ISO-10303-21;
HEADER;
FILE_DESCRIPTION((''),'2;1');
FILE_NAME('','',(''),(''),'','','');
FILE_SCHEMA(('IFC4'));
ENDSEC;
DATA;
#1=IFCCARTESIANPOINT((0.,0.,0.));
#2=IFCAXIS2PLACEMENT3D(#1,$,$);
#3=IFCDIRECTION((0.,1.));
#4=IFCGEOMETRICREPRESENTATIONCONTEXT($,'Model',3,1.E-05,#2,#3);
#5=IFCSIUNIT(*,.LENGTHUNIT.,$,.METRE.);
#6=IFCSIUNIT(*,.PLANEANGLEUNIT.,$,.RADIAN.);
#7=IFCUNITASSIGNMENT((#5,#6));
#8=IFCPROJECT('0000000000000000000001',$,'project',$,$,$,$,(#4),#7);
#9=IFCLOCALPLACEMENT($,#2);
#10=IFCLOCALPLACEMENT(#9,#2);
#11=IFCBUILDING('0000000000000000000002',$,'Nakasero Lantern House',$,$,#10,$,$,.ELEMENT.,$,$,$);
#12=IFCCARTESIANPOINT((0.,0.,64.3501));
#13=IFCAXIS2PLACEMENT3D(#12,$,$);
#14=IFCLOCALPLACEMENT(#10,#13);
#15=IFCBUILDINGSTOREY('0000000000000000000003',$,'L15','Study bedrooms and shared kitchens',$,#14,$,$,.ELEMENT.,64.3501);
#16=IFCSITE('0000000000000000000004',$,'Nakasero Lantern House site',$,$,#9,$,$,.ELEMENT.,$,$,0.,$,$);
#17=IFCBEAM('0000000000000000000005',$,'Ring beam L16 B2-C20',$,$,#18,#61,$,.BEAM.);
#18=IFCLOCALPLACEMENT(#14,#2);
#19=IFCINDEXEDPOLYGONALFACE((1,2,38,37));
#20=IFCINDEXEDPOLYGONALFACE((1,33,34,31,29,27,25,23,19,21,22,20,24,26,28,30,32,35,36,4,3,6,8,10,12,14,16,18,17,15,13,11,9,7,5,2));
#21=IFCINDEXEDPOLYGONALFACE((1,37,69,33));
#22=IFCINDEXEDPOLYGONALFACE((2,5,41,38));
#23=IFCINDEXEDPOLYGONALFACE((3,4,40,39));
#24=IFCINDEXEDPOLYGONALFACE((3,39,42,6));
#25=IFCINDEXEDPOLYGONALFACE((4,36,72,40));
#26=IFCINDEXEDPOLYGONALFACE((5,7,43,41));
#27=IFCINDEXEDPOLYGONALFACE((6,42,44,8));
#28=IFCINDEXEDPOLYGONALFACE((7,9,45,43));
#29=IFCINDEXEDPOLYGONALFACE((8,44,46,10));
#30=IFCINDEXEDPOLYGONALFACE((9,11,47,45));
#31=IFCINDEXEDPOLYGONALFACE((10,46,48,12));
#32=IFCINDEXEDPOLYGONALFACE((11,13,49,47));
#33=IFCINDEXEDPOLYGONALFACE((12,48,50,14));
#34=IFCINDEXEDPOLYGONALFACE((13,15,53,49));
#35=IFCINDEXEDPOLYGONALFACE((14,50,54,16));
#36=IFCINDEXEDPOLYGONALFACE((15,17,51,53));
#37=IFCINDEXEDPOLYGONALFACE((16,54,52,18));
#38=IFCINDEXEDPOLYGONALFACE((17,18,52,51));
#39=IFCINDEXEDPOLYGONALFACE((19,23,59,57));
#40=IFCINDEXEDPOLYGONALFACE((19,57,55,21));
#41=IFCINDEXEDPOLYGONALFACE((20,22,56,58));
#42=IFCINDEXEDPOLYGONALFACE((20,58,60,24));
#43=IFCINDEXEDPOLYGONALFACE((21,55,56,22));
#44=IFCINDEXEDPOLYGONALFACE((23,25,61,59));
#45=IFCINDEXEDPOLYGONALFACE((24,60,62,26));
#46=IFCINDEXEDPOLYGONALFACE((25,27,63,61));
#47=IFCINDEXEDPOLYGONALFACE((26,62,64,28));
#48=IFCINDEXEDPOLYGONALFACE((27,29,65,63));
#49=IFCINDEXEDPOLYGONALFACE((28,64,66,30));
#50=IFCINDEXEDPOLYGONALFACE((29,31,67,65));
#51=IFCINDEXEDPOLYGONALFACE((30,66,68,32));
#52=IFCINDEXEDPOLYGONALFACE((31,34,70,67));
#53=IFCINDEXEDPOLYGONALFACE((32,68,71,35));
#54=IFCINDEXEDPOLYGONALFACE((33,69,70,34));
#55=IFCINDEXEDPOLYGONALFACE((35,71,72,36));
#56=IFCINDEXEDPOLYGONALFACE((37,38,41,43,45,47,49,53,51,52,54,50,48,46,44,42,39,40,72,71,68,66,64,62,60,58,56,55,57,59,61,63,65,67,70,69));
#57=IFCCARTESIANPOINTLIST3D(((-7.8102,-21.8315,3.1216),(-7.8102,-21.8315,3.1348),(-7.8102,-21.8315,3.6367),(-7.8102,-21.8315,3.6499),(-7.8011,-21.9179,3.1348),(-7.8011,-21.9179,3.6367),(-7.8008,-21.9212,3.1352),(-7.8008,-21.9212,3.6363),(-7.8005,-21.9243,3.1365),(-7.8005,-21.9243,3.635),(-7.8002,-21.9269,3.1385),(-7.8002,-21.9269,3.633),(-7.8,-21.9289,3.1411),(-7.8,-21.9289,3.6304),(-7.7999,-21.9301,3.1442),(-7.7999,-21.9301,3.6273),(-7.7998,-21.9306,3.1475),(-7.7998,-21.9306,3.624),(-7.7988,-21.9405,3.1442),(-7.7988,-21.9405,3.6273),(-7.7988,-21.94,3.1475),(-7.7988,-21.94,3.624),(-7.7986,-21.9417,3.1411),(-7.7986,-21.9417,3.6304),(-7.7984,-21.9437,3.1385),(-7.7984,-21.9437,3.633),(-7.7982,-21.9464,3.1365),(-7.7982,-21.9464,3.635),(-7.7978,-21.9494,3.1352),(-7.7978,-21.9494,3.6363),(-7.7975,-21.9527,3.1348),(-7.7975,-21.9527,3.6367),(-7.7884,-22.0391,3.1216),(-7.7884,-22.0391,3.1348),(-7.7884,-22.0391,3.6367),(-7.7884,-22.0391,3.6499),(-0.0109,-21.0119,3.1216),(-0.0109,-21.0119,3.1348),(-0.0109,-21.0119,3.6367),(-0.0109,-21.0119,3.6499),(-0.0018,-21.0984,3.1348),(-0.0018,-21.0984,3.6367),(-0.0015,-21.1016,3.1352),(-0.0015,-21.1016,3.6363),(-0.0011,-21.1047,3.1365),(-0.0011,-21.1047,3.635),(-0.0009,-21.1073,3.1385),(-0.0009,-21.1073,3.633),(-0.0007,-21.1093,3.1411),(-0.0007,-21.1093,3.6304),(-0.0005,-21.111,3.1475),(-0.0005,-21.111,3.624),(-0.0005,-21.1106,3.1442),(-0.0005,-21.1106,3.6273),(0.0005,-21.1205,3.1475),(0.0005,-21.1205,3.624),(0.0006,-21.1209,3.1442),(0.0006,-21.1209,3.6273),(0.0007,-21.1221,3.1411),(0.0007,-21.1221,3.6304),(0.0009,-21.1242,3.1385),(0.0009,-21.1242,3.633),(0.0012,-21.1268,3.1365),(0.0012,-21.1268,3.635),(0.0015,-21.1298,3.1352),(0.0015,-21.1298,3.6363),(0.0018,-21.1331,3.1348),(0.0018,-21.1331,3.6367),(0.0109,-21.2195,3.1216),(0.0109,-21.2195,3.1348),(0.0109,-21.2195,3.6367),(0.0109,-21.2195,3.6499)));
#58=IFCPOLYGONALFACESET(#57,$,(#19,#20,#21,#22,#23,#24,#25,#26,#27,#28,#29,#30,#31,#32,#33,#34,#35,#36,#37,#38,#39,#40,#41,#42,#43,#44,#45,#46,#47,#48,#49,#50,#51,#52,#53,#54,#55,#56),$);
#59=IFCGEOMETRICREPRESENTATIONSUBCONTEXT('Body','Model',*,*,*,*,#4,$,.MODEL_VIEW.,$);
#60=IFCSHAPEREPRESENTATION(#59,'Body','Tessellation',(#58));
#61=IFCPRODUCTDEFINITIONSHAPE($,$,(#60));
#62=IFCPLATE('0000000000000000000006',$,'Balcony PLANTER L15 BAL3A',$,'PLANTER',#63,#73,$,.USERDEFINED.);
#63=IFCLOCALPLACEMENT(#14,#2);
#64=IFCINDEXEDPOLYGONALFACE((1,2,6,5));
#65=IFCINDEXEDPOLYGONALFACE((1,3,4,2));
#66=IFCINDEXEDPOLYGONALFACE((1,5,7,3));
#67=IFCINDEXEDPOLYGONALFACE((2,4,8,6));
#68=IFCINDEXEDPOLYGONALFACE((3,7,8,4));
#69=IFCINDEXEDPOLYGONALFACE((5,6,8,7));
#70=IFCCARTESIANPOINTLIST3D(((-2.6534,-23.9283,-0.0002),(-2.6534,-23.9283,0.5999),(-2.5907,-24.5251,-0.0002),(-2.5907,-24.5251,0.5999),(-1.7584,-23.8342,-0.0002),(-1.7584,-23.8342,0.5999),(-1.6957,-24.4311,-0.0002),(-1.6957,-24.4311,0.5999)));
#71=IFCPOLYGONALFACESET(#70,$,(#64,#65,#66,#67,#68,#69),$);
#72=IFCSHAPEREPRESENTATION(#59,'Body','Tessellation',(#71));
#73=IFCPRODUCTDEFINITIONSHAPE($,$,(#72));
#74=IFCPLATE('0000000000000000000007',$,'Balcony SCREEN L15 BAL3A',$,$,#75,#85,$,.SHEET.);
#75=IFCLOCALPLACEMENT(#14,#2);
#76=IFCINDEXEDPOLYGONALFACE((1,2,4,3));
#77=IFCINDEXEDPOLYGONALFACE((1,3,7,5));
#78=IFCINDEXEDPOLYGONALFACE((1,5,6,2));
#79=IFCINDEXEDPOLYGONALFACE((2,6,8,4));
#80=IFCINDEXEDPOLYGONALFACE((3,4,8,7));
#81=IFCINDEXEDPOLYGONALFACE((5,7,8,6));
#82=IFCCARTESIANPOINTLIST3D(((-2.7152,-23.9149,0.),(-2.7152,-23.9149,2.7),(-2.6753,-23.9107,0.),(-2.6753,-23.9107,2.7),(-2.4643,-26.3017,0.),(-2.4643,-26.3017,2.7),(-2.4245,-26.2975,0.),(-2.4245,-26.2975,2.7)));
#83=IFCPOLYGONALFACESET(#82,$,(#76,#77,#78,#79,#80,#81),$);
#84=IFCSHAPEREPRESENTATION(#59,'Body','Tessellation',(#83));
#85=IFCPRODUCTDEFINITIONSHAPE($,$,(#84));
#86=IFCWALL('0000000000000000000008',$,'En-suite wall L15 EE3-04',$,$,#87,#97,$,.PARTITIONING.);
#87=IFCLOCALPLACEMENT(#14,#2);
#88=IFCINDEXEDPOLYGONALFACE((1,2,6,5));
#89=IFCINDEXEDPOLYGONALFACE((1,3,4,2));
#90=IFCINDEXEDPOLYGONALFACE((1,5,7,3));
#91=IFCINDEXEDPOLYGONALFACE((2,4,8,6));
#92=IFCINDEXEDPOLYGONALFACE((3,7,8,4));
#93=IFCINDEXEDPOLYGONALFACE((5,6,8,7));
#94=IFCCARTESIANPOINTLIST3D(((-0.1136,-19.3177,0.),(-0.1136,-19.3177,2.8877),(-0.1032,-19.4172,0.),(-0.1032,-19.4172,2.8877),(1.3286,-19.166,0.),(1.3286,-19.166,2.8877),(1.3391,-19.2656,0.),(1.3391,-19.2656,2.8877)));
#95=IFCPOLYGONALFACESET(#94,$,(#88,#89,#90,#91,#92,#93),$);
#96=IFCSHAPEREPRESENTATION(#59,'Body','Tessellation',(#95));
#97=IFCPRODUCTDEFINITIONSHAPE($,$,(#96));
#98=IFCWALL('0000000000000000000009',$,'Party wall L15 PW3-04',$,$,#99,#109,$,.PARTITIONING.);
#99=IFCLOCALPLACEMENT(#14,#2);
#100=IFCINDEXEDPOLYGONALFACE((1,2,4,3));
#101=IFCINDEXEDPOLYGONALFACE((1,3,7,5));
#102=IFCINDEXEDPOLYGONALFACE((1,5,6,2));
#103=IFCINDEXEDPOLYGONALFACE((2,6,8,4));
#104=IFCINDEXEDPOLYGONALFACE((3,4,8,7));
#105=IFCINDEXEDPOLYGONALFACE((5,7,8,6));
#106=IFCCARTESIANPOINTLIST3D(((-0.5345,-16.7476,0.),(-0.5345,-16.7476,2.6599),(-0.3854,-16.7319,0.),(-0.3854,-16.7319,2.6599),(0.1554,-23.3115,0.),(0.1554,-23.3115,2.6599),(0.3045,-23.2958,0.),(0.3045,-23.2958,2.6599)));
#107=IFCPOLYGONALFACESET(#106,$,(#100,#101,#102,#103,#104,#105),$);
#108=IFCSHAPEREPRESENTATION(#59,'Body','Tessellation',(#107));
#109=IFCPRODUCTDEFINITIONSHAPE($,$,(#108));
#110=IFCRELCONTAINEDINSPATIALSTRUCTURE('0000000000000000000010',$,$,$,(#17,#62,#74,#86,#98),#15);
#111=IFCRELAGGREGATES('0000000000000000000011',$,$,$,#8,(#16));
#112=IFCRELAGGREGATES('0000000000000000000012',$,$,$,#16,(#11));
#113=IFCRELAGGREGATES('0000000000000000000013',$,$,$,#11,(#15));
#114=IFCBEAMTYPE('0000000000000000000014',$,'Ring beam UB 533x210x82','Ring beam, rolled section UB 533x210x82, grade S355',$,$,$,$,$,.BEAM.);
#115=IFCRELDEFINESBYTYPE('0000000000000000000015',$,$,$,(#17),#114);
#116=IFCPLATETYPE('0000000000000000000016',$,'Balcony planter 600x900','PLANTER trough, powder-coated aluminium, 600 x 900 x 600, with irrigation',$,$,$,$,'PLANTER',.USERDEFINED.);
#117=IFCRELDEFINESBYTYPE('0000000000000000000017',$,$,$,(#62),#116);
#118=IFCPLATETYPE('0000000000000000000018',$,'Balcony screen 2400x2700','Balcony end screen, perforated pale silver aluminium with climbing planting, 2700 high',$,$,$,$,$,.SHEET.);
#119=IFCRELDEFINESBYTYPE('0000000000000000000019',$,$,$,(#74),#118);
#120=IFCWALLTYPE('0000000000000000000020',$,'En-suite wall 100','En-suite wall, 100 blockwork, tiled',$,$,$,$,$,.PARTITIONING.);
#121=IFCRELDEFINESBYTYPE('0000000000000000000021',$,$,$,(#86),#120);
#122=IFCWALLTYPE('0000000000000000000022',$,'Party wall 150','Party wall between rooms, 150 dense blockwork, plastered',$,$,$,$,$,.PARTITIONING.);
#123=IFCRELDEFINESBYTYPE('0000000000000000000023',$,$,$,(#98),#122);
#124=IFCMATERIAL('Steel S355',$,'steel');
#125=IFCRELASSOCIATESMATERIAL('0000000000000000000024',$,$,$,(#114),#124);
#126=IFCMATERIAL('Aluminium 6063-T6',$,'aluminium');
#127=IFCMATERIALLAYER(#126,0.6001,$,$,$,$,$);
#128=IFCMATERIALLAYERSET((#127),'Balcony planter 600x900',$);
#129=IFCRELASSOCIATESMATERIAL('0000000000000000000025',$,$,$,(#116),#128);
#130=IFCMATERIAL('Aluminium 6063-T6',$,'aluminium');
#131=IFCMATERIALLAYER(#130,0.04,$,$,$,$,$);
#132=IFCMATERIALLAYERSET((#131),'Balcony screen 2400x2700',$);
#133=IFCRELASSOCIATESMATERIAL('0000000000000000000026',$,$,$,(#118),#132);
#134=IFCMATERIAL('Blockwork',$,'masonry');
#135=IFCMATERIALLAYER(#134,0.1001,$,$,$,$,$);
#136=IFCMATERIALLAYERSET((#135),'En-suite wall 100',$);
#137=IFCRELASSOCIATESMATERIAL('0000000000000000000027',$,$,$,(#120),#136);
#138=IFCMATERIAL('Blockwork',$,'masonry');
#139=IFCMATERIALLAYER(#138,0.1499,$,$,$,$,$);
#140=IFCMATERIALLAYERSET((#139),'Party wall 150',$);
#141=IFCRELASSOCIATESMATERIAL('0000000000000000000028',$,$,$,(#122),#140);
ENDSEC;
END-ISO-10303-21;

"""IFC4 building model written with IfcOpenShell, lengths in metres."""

from ifc_helpers import new_model, si_unit, direction, frame, frame_2d, origin, origin_2d, place, context, subcontext, project, spatial, rectangle, i_section, extrude, material, layer, layer_set, material_profile, profile_set, type_object, element, save


model = new_model("IFC4")

# Units and contexts
model_context = context("Model", 3, precision=1e-05, world=origin(), true_north=direction((0.0, 1.0)))
body_context = subcontext(model_context, "Body", "Model", "MODEL_VIEW")
ifc_project = project(units=[si_unit("LENGTHUNIT", "METRE"), si_unit("PLANEANGLEUNIT", "RADIAN")], contexts=[model_context])

# Site, building, storey
site_placement = place(None, origin())
site = spatial("IfcSite", under=ifc_project, at=site_placement, Name="Nakasero Lantern House site", CompositionType="ELEMENT", RefElevation=0.0)
building_placement = place(site_placement, origin())
building = spatial("IfcBuilding", under=site, at=building_placement, Name="Nakasero Lantern House", CompositionType="ELEMENT")
storey_placement = place(building_placement, frame((0.0, 0.0, 64.3501)))
storey = spatial("IfcBuildingStorey", under=building, at=storey_placement, Name="L15", Description="Study bedrooms and shared kitchens", CompositionType="ELEMENT", Elevation=64.3501)

# Beam
ifc_material_1 = material(Name="Steel S355", Category="steel")
ifc_material_profile_1 = material_profile(ifc_material_1, i_section(OverallWidth=0.2087, OverallDepth=0.5283, WebThickness=0.0095, FlangeThickness=0.0132, FilletRadius=0.0127, at=origin_2d()), Name="UB 533x210x82")
ifc_profile_set_1 = profile_set([ifc_material_profile_1], Name="Steel S355")
beam_type_1 = type_object("IfcBeamType", Name="Ring beam UB 533x210x82", Description="Ring beam, rolled section UB 533x210x82, grade S355", PredefinedType="BEAM", material=ifc_profile_set_1)
beam_1_placement = place(storey_placement, frame((-7.7993, -21.9353, 3.3857), z_axis=(0.994524, 0.104508, 0.0), x_axis=(-0.104508, 0.994524, 0.0)))
element("IfcBeam", 1, at=beam_1_placement, inside=storey, type_object=beam_type_1, Name="Ring beam L16 B2-C20", PredefinedType="BEAM", context=body_context, shape_type="SweptSolid", body=[
    extrude(i_section(OverallWidth=0.2087, OverallDepth=0.5283, WebThickness=0.0095, FlangeThickness=0.0132, FilletRadius=0.0127, at=origin_2d()), origin(), (0.0, 0.0, 1.0), 7.8423),
])

# Plates
ifc_material_2 = material(Name="Aluminium 6063-T6", Category="aluminium")
ifc_layer_1 = layer(ifc_material_2, 0.6001)
ifc_layer_set_1 = layer_set([ifc_layer_1], Name="Balcony planter 600x900")
plate_type_1 = type_object("IfcPlateType", Name="Balcony planter 600x900", Description="PLANTER trough, powder-coated aluminium, 600 x 900 x 600, with irrigation", ElementType="PLANTER", PredefinedType="USERDEFINED", material=ifc_layer_set_1)
plate_1_placement = place(storey_placement, frame((-2.1746, -24.1797, -0.0002), z_axis=(0.0, 0.0, 1.0), x_axis=(0.104528, -0.994522, 0.0)))
element("IfcPlate", 2, at=plate_1_placement, inside=storey, type_object=plate_type_1, Name="Balcony PLANTER L15 BAL3A", ObjectType="PLANTER", PredefinedType="USERDEFINED", context=body_context, shape_type="SweptSolid", body=[
    extrude(rectangle(XDim=0.6001, YDim=0.8999, at=origin_2d()), origin(), (0.0, 0.0, 1.0), 0.6001),
])
ifc_material_3 = material(Name="Aluminium 6063-T6", Category="aluminium")
ifc_layer_2 = layer(ifc_material_3, 0.04)
ifc_layer_set_2 = layer_set([ifc_layer_2], Name="Balcony screen 2400x2700")
plate_type_2 = type_object("IfcPlateType", Name="Balcony screen 2400x2700", Description="Balcony end screen, perforated pale silver aluminium with climbing planting, 2700 high", PredefinedType="SHEET", material=ifc_layer_set_2)
plate_2_placement = place(storey_placement, frame((-2.5698, -25.1062, 0.0), z_axis=(0.0, 0.0, 1.0), x_axis=(0.104528, -0.994522, 0.0)))
element("IfcPlate", 3, at=plate_2_placement, inside=storey, type_object=plate_type_2, Name="Balcony SCREEN L15 BAL3A", PredefinedType="SHEET", context=body_context, shape_type="SweptSolid", body=[
    extrude(rectangle(XDim=2.3999, YDim=0.04, at=origin_2d()), origin(), (0.0, 0.0, 1.0), 2.7),
])

# Walls
ifc_material_4 = material(Name="Blockwork", Category="masonry")
ifc_layer_3 = layer(ifc_material_4, 0.1001)
ifc_layer_set_3 = layer_set([ifc_layer_3], Name="En-suite wall 100")
wall_type_1 = type_object("IfcWallType", Name="En-suite wall 100", Description="En-suite wall, 100 blockwork, tiled", PredefinedType="PARTITIONING", material=ifc_layer_set_3)
wall_1_placement = place(storey_placement, frame((-0.1084, -19.3674, 0.0), z_axis=(0.0, 0.0, 1.0), x_axis=(0.994519, 0.104553, 0.0)))
element("IfcWall", 4, at=wall_1_placement, inside=storey, type_object=wall_type_1, Name="En-suite wall L15 EE3-04", PredefinedType="PARTITIONING", context=body_context, shape_type="SweptSolid", body=[
    extrude(rectangle(XDim=1.4502, YDim=0.1001, at=frame_2d((0.7251, 0.0))), origin(), (0.0, 0.0, 1.0), 2.8877),
])
ifc_material_5 = material(Name="Blockwork", Category="masonry")
ifc_layer_4 = layer(ifc_material_5, 0.1499)
ifc_layer_set_4 = layer_set([ifc_layer_4], Name="Party wall 150")
wall_type_2 = type_object("IfcWallType", Name="Party wall 150", Description="Party wall between rooms, 150 dense blockwork, plastered", PredefinedType="PARTITIONING", material=ifc_layer_set_4)
wall_2_placement = place(storey_placement, frame((-0.46, -16.7397, 0.0), z_axis=(0.0, 0.0, 1.0), x_axis=(0.104535, -0.994521, 0.0)))
element("IfcWall", 5, at=wall_2_placement, inside=storey, type_object=wall_type_2, Name="Party wall L15 PW3-04", PredefinedType="PARTITIONING", context=body_context, shape_type="SweptSolid", body=[
    extrude(rectangle(XDim=6.6001, YDim=0.1499, at=frame_2d((3.3, 0.0))), origin(), (0.0, 0.0, 1.0), 2.6599),
])

save(model, "model.ifc")
